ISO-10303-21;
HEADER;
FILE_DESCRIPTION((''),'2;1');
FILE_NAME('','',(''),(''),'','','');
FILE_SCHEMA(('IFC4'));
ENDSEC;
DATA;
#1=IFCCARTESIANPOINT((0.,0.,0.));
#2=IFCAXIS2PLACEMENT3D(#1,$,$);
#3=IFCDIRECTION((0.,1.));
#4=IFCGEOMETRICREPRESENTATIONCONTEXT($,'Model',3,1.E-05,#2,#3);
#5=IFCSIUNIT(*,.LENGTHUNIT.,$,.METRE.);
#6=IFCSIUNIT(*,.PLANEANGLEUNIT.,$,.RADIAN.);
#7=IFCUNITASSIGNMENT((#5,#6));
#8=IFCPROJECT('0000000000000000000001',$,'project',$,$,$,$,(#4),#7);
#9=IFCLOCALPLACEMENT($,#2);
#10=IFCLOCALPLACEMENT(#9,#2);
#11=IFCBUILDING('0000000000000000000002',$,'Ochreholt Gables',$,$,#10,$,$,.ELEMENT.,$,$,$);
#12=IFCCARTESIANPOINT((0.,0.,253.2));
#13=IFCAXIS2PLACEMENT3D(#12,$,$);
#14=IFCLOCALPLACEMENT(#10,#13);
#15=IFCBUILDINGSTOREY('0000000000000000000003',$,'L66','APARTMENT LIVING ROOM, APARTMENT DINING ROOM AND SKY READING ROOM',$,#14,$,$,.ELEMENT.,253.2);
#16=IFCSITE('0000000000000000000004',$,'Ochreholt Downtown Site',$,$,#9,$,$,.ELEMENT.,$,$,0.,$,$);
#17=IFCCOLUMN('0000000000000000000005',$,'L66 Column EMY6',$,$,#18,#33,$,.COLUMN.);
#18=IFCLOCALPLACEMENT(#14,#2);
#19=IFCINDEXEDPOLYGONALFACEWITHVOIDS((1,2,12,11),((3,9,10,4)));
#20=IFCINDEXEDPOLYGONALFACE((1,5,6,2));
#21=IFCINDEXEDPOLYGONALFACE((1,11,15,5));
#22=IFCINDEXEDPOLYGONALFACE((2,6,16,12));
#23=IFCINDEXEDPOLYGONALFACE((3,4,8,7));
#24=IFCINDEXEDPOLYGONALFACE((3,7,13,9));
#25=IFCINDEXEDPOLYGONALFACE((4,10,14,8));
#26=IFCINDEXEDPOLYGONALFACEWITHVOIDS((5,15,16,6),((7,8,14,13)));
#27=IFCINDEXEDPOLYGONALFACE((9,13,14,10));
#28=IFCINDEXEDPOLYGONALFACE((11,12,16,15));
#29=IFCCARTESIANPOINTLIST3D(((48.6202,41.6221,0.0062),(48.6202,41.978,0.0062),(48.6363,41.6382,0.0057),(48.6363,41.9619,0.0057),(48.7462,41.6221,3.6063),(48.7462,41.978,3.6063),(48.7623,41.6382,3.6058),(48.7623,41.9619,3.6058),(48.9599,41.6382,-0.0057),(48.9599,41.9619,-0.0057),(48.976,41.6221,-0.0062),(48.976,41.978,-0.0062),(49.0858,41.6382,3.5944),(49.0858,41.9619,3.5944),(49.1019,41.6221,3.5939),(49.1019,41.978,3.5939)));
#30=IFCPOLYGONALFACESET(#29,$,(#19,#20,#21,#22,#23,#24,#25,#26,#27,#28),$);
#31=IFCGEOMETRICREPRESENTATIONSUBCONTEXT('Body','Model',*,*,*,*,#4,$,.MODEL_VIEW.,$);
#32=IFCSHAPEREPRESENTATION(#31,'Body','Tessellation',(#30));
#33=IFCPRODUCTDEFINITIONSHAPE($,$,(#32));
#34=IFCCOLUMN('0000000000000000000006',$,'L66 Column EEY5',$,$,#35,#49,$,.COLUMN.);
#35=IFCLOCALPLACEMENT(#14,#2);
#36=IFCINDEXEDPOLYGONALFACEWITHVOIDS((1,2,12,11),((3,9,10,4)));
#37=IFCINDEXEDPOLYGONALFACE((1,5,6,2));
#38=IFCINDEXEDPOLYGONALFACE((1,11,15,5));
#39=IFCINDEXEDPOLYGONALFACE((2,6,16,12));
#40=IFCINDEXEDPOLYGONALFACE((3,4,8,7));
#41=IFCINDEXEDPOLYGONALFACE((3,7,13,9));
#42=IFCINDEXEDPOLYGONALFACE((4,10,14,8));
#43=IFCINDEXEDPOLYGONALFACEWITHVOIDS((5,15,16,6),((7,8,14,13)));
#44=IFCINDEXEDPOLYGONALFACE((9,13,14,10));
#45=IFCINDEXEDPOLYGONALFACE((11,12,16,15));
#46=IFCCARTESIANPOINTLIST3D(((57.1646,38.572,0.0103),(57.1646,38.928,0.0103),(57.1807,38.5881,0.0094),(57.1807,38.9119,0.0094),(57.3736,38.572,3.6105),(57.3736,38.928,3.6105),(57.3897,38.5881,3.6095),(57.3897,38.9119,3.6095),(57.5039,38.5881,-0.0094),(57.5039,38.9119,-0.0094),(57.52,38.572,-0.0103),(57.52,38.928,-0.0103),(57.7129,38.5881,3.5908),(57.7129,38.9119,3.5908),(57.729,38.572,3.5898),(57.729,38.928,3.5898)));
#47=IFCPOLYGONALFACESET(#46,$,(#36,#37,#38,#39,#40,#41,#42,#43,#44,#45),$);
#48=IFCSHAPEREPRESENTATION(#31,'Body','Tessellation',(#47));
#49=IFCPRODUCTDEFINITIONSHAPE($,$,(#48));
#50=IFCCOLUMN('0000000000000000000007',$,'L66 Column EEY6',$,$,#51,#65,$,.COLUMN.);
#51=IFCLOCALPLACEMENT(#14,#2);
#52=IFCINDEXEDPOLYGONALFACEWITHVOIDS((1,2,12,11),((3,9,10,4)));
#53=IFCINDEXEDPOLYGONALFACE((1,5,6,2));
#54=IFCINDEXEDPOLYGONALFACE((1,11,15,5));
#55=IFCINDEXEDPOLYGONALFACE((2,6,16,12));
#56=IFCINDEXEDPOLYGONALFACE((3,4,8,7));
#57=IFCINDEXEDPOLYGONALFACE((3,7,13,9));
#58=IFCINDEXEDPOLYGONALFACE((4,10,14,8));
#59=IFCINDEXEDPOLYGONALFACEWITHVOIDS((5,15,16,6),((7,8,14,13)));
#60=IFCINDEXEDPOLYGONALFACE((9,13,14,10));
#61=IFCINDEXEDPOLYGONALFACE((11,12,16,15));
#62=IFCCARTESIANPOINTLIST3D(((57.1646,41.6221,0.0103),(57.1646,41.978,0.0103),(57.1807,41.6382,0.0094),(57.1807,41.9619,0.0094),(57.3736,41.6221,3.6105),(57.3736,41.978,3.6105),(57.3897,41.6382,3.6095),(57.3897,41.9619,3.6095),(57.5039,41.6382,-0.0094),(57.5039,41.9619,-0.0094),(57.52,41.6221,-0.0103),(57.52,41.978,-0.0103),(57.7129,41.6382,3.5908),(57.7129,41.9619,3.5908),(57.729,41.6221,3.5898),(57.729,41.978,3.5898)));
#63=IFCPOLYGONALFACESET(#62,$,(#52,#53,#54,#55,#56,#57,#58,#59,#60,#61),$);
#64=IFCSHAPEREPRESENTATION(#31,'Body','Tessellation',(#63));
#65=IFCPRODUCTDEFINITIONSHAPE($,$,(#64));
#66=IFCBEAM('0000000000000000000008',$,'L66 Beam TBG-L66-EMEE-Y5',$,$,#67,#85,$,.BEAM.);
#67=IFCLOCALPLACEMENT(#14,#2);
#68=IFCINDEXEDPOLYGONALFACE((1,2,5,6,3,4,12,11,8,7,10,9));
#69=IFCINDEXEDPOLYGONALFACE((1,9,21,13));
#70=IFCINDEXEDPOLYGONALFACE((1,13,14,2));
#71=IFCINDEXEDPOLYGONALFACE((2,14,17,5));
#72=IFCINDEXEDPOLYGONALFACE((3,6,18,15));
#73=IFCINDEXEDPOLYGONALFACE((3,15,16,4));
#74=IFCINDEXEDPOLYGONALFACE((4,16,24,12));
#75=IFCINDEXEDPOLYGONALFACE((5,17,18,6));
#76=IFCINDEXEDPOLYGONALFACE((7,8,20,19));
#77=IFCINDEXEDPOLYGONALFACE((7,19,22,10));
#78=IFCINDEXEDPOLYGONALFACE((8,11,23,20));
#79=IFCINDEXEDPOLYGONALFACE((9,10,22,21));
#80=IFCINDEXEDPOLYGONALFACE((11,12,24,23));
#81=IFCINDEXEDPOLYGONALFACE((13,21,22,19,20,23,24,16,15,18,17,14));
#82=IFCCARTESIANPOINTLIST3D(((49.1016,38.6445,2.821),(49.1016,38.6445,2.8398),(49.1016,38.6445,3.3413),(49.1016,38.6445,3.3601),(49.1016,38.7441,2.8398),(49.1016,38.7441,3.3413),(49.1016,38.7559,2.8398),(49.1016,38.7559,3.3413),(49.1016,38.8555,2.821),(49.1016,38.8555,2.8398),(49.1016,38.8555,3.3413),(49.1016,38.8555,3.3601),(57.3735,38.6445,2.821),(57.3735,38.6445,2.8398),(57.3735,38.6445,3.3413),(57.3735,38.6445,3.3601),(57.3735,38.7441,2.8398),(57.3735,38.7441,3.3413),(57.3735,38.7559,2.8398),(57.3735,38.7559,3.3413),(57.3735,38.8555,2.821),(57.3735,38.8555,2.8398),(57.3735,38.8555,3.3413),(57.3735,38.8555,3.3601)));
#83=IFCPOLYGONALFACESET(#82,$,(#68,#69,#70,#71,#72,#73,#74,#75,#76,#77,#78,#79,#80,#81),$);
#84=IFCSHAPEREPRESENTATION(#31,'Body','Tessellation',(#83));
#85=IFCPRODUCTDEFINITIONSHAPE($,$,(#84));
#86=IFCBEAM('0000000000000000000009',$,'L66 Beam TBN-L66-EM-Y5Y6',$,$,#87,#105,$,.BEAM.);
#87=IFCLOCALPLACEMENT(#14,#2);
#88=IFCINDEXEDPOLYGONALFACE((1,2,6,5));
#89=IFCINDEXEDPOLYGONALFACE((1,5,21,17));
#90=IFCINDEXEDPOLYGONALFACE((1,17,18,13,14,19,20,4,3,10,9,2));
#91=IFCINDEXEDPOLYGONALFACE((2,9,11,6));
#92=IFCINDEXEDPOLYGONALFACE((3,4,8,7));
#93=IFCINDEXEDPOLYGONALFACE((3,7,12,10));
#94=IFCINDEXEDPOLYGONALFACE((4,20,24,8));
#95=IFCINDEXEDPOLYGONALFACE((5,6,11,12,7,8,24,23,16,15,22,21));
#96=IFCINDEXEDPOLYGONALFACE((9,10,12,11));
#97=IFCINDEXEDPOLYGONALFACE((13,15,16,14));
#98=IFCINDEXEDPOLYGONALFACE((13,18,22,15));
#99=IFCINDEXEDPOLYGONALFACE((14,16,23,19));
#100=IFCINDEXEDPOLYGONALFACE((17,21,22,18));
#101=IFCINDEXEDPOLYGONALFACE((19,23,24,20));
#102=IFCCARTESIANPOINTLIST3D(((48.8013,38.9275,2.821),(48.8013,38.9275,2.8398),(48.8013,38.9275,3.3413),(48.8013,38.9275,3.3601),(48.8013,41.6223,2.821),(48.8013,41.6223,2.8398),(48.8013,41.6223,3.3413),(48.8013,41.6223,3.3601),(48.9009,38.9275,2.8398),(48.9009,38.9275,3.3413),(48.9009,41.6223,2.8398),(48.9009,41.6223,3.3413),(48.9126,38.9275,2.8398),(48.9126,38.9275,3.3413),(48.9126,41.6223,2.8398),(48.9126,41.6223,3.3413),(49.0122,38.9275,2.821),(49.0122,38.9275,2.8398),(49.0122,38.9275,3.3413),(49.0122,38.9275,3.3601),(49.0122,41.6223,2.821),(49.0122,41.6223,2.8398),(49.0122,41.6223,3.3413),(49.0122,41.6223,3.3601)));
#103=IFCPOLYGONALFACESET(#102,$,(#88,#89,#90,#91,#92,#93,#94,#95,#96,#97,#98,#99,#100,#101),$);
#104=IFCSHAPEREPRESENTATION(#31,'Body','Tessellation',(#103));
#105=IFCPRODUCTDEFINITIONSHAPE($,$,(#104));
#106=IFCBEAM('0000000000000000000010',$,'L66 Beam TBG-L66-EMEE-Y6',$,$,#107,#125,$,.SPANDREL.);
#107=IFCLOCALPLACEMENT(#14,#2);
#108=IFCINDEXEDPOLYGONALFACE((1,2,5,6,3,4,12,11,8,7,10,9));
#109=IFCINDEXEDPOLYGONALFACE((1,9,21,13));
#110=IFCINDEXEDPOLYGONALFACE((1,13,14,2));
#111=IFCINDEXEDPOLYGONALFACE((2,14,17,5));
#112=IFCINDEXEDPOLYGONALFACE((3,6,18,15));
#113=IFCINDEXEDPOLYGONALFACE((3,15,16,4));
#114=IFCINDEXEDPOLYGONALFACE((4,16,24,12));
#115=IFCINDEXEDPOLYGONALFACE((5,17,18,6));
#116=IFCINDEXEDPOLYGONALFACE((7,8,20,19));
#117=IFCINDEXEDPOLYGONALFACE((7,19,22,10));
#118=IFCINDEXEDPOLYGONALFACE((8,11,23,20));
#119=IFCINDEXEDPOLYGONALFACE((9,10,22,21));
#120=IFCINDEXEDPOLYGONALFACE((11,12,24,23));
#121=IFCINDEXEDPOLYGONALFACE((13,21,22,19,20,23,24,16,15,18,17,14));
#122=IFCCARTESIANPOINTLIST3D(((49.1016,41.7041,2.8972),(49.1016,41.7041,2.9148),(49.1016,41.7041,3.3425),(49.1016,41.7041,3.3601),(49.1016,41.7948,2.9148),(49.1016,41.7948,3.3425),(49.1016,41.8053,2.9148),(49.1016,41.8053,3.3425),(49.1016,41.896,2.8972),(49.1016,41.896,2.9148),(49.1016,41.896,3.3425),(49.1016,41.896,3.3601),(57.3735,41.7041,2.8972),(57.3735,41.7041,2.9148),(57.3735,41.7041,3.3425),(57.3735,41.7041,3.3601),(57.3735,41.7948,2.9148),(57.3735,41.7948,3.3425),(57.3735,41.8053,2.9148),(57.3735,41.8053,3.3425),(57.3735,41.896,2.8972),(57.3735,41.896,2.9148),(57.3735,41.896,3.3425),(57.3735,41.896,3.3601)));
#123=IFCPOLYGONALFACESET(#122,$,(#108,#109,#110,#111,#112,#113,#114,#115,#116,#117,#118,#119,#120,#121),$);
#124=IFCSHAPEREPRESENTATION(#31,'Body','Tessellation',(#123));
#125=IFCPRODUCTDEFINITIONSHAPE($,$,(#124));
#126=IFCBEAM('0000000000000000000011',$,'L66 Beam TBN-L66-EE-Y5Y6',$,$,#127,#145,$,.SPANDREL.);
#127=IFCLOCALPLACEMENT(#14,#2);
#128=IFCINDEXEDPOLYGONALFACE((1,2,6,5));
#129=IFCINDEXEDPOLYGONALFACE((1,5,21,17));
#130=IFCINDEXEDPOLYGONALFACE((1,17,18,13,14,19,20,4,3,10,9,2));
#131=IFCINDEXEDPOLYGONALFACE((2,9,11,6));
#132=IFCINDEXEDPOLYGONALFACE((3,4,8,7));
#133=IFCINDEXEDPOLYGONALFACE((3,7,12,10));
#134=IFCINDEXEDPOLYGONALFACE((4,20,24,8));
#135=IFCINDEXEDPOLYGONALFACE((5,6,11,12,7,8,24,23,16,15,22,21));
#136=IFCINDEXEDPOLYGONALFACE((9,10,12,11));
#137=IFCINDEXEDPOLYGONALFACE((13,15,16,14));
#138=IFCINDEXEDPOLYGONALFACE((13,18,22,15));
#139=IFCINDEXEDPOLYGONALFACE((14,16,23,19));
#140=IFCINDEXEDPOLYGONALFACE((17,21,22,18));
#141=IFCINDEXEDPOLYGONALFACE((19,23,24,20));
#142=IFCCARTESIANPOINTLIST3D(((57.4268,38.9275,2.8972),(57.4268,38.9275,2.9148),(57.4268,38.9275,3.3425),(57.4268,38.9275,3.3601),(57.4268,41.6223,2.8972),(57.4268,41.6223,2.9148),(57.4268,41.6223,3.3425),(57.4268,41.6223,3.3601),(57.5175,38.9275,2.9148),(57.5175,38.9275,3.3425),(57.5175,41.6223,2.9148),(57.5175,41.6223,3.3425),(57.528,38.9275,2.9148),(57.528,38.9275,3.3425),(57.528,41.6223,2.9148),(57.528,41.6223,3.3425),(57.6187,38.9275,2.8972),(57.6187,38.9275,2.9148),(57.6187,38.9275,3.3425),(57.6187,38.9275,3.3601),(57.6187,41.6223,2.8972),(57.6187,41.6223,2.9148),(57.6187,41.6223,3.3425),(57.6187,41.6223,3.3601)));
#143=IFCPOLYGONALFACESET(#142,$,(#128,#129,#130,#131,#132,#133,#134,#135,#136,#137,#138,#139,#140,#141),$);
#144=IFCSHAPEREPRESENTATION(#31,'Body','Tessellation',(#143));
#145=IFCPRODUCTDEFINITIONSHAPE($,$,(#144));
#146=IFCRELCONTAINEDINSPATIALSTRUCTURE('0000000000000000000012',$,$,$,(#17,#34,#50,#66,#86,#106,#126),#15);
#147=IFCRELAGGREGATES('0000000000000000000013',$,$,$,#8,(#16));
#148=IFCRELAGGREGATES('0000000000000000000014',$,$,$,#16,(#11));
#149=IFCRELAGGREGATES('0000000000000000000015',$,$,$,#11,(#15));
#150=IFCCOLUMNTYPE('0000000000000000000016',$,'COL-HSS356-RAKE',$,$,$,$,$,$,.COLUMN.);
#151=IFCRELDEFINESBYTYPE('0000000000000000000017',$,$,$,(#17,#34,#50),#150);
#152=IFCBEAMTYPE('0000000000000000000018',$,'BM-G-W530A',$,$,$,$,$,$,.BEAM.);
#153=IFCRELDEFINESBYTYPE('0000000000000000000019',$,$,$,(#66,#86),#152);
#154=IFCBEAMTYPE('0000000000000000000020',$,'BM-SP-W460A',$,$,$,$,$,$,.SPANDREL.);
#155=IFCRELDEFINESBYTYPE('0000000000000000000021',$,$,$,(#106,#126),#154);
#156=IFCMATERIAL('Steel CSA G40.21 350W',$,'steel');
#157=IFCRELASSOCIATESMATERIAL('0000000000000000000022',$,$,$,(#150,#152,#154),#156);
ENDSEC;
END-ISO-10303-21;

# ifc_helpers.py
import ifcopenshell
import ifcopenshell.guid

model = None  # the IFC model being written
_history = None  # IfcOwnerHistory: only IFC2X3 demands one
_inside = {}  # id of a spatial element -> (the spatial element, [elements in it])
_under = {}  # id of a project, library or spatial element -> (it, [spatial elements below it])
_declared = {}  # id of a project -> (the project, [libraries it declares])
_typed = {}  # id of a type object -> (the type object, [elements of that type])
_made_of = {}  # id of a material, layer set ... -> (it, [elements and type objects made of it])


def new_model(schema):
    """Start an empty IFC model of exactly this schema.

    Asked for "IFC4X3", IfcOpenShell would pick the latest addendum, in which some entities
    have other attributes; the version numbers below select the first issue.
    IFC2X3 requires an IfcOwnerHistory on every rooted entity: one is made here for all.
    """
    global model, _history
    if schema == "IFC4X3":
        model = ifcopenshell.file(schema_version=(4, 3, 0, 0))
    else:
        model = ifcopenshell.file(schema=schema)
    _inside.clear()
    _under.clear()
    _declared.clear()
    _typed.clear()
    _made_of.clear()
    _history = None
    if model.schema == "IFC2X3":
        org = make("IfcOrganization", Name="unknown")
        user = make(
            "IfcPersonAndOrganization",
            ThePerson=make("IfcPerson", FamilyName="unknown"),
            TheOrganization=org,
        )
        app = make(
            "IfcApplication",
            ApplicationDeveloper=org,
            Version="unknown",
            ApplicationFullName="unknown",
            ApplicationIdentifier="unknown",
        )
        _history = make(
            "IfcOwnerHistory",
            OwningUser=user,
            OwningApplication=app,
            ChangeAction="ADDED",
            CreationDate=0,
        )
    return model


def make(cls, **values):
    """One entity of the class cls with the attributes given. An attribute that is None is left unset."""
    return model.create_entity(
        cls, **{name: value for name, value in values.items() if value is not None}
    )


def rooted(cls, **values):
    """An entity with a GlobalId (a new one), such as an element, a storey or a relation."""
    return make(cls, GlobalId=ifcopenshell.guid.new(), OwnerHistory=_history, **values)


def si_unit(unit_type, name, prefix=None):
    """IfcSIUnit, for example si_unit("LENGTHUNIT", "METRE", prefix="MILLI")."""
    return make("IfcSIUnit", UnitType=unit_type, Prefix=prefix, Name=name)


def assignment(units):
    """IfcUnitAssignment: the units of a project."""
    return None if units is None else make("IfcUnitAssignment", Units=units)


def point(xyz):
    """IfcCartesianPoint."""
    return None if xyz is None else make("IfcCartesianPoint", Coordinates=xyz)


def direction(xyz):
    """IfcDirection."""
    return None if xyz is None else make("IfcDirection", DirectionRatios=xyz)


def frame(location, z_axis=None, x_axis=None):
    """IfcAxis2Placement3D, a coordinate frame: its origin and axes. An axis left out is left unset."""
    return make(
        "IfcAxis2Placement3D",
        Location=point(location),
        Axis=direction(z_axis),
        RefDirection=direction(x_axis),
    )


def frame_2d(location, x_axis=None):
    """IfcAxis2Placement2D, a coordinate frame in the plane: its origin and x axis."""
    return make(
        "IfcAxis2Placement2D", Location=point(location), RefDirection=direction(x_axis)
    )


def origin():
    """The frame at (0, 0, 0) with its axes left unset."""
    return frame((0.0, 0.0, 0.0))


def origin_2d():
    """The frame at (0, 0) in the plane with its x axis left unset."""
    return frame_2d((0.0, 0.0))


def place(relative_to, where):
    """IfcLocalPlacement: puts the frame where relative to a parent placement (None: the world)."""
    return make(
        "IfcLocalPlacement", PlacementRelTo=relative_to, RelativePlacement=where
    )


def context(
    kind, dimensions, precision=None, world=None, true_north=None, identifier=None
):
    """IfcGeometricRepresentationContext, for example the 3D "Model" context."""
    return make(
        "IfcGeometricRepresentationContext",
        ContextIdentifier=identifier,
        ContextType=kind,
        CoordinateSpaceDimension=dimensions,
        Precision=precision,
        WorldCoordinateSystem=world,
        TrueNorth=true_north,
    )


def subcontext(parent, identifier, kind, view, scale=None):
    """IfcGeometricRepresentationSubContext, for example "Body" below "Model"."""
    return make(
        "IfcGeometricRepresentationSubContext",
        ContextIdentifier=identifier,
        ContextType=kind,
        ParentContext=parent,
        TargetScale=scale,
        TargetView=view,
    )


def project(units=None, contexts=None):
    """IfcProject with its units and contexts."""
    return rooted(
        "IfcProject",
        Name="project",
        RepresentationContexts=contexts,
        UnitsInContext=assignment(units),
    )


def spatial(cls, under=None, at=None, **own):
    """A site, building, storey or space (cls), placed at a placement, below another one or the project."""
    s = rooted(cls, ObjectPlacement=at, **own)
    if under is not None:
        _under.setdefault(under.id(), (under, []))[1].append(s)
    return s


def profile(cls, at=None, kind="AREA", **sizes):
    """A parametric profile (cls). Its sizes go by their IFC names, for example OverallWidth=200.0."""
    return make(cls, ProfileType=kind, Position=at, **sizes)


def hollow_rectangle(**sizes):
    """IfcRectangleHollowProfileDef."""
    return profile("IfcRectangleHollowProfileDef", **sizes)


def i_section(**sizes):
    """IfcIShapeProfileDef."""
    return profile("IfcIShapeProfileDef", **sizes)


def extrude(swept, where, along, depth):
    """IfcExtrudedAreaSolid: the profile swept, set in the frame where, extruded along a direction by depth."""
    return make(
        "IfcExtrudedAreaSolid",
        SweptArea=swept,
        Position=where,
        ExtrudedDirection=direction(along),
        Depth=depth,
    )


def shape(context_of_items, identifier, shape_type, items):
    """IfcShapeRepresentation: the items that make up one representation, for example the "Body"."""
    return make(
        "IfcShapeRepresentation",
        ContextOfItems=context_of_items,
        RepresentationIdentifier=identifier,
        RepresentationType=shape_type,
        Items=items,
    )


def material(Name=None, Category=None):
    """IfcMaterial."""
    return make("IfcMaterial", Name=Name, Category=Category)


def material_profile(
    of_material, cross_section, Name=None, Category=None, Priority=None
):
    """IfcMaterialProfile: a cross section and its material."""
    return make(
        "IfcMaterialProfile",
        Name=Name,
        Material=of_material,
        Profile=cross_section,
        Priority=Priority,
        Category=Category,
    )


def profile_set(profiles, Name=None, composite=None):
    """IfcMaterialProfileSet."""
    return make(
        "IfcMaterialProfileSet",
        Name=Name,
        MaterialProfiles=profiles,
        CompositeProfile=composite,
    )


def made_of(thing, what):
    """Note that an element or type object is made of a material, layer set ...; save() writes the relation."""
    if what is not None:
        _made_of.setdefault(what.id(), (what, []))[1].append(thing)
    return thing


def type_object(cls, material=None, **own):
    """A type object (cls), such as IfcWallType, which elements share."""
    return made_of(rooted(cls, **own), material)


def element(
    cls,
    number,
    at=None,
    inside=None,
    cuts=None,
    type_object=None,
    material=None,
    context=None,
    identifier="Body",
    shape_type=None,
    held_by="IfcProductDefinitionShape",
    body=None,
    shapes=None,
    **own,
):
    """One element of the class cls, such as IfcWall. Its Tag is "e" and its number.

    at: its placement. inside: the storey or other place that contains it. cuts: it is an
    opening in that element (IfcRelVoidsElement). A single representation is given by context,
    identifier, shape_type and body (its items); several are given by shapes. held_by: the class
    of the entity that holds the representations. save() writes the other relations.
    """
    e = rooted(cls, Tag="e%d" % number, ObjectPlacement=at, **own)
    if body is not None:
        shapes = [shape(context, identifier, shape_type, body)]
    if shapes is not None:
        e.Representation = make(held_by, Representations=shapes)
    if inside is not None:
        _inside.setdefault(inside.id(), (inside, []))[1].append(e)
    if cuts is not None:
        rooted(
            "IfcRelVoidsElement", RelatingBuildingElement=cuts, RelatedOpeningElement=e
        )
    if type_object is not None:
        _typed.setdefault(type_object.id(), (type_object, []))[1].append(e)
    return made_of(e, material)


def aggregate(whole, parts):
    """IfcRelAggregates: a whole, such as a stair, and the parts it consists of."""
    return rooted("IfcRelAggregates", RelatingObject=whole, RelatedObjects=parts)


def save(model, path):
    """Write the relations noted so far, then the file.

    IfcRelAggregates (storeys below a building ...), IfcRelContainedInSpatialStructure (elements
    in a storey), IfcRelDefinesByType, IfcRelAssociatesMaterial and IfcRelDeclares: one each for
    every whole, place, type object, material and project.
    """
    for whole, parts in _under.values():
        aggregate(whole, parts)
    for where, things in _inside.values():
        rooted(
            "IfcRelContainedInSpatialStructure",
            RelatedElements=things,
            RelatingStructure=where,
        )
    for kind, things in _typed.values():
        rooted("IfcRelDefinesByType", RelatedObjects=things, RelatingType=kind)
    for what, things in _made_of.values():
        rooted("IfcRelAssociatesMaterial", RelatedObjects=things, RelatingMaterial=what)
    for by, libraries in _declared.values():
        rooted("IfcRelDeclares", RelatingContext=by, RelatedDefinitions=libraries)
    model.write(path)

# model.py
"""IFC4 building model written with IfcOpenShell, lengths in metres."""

from ifc_helpers import new_model, si_unit, direction, frame, origin, origin_2d, place, context, subcontext, project, spatial, hollow_rectangle, i_section, extrude, material, material_profile, profile_set, type_object, element, save


model = new_model("IFC4")

# Units and contexts
model_context = context("Model", 3, precision=1e-05, world=origin(), true_north=direction((0.0, 1.0)))
body_context = subcontext(model_context, "Body", "Model", "MODEL_VIEW")
ifc_project = project(units=[si_unit("LENGTHUNIT", "METRE"), si_unit("PLANEANGLEUNIT", "RADIAN")], contexts=[model_context])

# Site, building, storey
site_placement = place(None, origin())
site = spatial("IfcSite", under=ifc_project, at=site_placement, Name="Ochreholt Downtown Site", CompositionType="ELEMENT", RefElevation=0.0)
building_placement = place(site_placement, origin())
building = spatial("IfcBuilding", under=site, at=building_placement, Name="Ochreholt Gables", CompositionType="ELEMENT")
storey_placement = place(building_placement, frame((0.0, 0.0, 253.2)))
storey = spatial("IfcBuildingStorey", under=building, at=storey_placement, Name="L66", Description="APARTMENT LIVING ROOM, APARTMENT DINING ROOM AND SKY READING ROOM", CompositionType="ELEMENT", Elevation=253.2)

# Columns
ifc_material_1 = material(Name="Steel CSA G40.21 350W", Category="steel")
ifc_material_profile_1 = material_profile(ifc_material_1, hollow_rectangle(XDim=0.356, YDim=0.356, WallThickness=0.0161, at=origin_2d()), Name="HSS356X356X16")
ifc_profile_set_1 = profile_set([ifc_material_profile_1], Name="Steel CSA G40.21 350W")
column_type = type_object("IfcColumnType", Name="COL-HSS356-RAKE", PredefinedType="COLUMN", material=ifc_profile_set_1)
column_placement = place(storey_placement, frame((48.7981, 41.8, 0.0), z_axis=(0.034971, 0.0, 0.999388), x_axis=(0.0, 1.0, 0.0)))
element("IfcColumn", 1, at=column_placement, inside=storey, type_object=column_type, Name="L66 Column EMY6", PredefinedType="COLUMN", context=body_context, shape_type="SweptSolid", body=[
    extrude(hollow_rectangle(XDim=0.356, YDim=0.356, WallThickness=0.0161, at=origin_2d()), origin(), (0.0, 0.0, 1.0), 3.6023),
])
for number, where, z_axis, x_axis, name in (
    (2, (57.3423, 38.75, 0.0), (0.057952, 0.0, 0.998319), (0.0, 1.0, 0.0), "L66 Column EEY5"),
    (3, (57.3423, 41.8, 0.0), (0.057952, 0.0, 0.998319), (0.0, 1.0, 0.0), "L66 Column EEY6"),
):
    element("IfcColumn", number, at=place(storey_placement, frame(where, z_axis=z_axis, x_axis=x_axis)), inside=storey, type_object=column_type, Name=name, PredefinedType="COLUMN", context=body_context, shape_type="SweptSolid", body=[
        extrude(hollow_rectangle(XDim=0.356, YDim=0.356, WallThickness=0.0161, at=origin_2d()), origin(), (0.0, 0.0, 1.0), 3.6062),
    ])

# Beams
ifc_material_profile_2 = material_profile(ifc_material_1, i_section(OverallWidth=0.2109, OverallDepth=0.5391, WebThickness=0.0117, FlangeThickness=0.0188, at=origin_2d()), Name="W530X109")
ifc_profile_set_2 = profile_set([ifc_material_profile_2], Name="Steel CSA G40.21 350W")
beam_type_1 = type_object("IfcBeamType", Name="BM-G-W530A", PredefinedType="BEAM", material=ifc_profile_set_2)
beam_1_placement = place(storey_placement, frame((49.1016, 38.75, 3.0906), z_axis=(1.0, 0.0, 0.0), x_axis=(0.0, 1.0, 0.0)))
element("IfcBeam", 4, at=beam_1_placement, inside=storey, type_object=beam_type_1, Name="L66 Beam TBG-L66-EMEE-Y5", PredefinedType="BEAM", context=body_context, shape_type="SweptSolid", body=[
    extrude(i_section(OverallWidth=0.2109, OverallDepth=0.5391, WebThickness=0.0117, FlangeThickness=0.0188, at=origin_2d()), origin(), (0.0, 0.0, 1.0), 8.272),
])
beam_2_placement = place(storey_placement, frame((48.9067, 38.9275, 3.0906), z_axis=(0.0, 1.0, 0.0), x_axis=(-1.0, 0.0, 0.0)))
element("IfcBeam", 5, at=beam_2_placement, inside=storey, type_object=beam_type_1, Name="L66 Beam TBN-L66-EM-Y5Y6", PredefinedType="BEAM", context=body_context, shape_type="SweptSolid", body=[
    extrude(i_section(OverallWidth=0.2109, OverallDepth=0.5391, WebThickness=0.0117, FlangeThickness=0.0188, at=origin_2d()), origin(), (0.0, 0.0, 1.0), 2.6948),
])
ifc_material_profile_3 = material_profile(ifc_material_1, i_section(OverallWidth=0.1919, OverallDepth=0.4629, WebThickness=0.0105, FlangeThickness=0.0176, at=origin_2d()), Name="W460X89")
ifc_profile_set_3 = profile_set([ifc_material_profile_3], Name="Steel CSA G40.21 350W")
beam_type_2 = type_object("IfcBeamType", Name="BM-SP-W460A", PredefinedType="SPANDREL", material=ifc_profile_set_3)
beam_3_placement = place(storey_placement, frame((49.1016, 41.8, 3.1287), z_axis=(1.0, 0.0, 0.0), x_axis=(0.0, 1.0, 0.0)))
element("IfcBeam", 6, at=beam_3_placement, inside=storey, type_object=beam_type_2, Name="L66 Beam TBG-L66-EMEE-Y6", PredefinedType="SPANDREL", context=body_context, shape_type="SweptSolid", body=[
    extrude(i_section(OverallWidth=0.1919, OverallDepth=0.4629, WebThickness=0.0105, FlangeThickness=0.0176, at=origin_2d()), origin(), (0.0, 0.0, 1.0), 8.272),
])
beam_4_placement = place(storey_placement, frame((57.5227, 38.9275, 3.1287), z_axis=(0.0, 1.0, 0.0), x_axis=(-1.0, 0.0, 0.0)))
element("IfcBeam", 7, at=beam_4_placement, inside=storey, type_object=beam_type_2, Name="L66 Beam TBN-L66-EE-Y5Y6", PredefinedType="SPANDREL", context=body_context, shape_type="SweptSolid", body=[
    extrude(i_section(OverallWidth=0.1919, OverallDepth=0.4629, WebThickness=0.0105, FlangeThickness=0.0176, at=origin_2d()), origin(), (0.0, 0.0, 1.0), 2.6948),
])

save(model, "model.ifc")
